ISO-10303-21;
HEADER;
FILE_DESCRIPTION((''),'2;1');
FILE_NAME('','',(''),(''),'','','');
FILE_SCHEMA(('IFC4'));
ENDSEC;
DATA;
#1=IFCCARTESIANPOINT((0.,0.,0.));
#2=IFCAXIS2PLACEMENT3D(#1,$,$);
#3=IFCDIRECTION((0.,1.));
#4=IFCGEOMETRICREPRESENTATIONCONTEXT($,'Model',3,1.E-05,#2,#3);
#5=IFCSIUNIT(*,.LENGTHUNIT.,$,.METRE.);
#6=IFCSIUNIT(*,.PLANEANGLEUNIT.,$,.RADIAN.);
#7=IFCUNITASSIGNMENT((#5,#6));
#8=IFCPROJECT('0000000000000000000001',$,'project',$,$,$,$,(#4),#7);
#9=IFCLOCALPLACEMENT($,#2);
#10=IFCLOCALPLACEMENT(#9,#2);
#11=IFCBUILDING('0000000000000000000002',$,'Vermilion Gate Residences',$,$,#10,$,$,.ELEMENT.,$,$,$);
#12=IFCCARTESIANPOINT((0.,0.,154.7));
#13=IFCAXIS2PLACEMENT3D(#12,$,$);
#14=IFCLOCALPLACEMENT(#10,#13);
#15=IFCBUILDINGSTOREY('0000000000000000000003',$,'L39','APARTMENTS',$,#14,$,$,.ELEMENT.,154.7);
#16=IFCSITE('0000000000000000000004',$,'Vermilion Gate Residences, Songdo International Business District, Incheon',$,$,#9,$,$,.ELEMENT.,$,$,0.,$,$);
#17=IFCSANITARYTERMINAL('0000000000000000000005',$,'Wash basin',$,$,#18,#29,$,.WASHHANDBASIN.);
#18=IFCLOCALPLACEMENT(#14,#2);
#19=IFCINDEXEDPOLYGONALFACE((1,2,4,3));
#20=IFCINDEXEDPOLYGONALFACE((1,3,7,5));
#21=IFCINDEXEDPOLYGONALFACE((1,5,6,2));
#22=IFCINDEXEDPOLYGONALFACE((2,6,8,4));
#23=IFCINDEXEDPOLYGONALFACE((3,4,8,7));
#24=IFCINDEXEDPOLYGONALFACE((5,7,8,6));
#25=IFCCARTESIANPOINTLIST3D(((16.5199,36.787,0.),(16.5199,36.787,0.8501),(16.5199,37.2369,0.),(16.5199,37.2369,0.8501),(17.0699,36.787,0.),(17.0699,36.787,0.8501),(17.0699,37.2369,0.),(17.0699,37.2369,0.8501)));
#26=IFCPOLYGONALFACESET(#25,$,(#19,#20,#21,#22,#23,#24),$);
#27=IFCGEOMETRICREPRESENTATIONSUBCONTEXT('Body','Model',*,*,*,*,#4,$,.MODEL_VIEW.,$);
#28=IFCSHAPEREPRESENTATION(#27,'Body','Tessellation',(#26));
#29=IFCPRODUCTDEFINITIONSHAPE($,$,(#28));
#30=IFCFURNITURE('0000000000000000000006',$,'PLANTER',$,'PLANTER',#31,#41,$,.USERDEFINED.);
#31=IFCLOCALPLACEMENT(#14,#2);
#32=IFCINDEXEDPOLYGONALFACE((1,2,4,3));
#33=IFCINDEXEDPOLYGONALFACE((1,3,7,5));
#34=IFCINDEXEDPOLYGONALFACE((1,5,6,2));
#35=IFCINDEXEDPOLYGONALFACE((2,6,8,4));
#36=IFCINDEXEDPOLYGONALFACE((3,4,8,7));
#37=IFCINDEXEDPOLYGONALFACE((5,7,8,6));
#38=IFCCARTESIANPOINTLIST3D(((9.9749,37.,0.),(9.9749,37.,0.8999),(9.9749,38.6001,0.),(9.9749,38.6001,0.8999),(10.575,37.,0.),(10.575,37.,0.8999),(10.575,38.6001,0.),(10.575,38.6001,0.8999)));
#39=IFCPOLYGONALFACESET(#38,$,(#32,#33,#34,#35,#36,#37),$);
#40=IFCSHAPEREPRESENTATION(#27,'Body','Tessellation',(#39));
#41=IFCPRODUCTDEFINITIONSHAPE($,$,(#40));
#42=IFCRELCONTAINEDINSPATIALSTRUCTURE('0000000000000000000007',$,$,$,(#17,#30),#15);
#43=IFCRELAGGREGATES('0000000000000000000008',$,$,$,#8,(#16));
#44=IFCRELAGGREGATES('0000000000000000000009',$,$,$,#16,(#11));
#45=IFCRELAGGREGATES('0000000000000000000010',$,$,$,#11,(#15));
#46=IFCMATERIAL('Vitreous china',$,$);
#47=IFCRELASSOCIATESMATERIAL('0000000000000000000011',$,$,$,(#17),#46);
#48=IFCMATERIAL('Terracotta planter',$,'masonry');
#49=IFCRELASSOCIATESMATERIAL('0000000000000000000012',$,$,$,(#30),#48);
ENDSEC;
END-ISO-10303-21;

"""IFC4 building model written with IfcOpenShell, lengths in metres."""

from ifc_helpers import new_model, si_unit, direction, frame, origin, origin_2d, place, context, subcontext, project, spatial, rectangle, extrude, material, element, save


model = new_model("IFC4")

# Units and contexts
model_context = context("Model", 3, precision=1e-05, world=origin(), true_north=direction((0.0, 1.0)))
body_context = subcontext(model_context, "Body", "Model", "MODEL_VIEW")
ifc_project = project(units=[si_unit("LENGTHUNIT", "METRE"), si_unit("PLANEANGLEUNIT", "RADIAN")], contexts=[model_context])

# Site, building, storey
site_placement = place(None, origin())
site = spatial("IfcSite", under=ifc_project, at=site_placement, Name="Vermilion Gate Residences, Songdo International Business District, Incheon", CompositionType="ELEMENT", RefElevation=0.0)
building_placement = place(site_placement, origin())
building = spatial("IfcBuilding", under=site, at=building_placement, Name="Vermilion Gate Residences", CompositionType="ELEMENT")
storey_placement = place(building_placement, frame((0.0, 0.0, 154.7)))
storey = spatial("IfcBuildingStorey", under=building, at=storey_placement, Name="L39", Description="APARTMENTS", CompositionType="ELEMENT", Elevation=154.7)

# Sanitary terminal
ifc_material_1 = material(Name="Vitreous china")
sanitary_terminal_1_placement = place(storey_placement, frame((16.7949, 37.012, 0.0), z_axis=(0.0, 0.0, 1.0), x_axis=(1.0, 0.0, 0.0)))
element("IfcSanitaryTerminal", 1, at=sanitary_terminal_1_placement, inside=storey, material=ifc_material_1, Name="Wash basin", PredefinedType="WASHHANDBASIN", context=body_context, shape_type="SweptSolid", body=[
    extrude(rectangle(XDim=0.55, YDim=0.45, at=origin_2d()), origin(), (0.0, 0.0, 1.0), 0.8501),
])

# Furniture
ifc_material_2 = material(Name="Terracotta planter", Category="masonry")
furniture_placement = place(storey_placement, frame((10.2749, 37.8, 0.0), z_axis=(0.0, 0.0, 1.0), x_axis=(0.0, -1.0, 0.0)))
element("IfcFurniture", 2, at=furniture_placement, inside=storey, material=ifc_material_2, Name="PLANTER", ObjectType="PLANTER", PredefinedType="USERDEFINED", context=body_context, shape_type="SweptSolid", body=[
    extrude(rectangle(XDim=1.6001, YDim=0.6001, at=origin_2d()), origin(), (0.0, 0.0, 1.0), 0.8999),
])

save(model, "model.ifc")
